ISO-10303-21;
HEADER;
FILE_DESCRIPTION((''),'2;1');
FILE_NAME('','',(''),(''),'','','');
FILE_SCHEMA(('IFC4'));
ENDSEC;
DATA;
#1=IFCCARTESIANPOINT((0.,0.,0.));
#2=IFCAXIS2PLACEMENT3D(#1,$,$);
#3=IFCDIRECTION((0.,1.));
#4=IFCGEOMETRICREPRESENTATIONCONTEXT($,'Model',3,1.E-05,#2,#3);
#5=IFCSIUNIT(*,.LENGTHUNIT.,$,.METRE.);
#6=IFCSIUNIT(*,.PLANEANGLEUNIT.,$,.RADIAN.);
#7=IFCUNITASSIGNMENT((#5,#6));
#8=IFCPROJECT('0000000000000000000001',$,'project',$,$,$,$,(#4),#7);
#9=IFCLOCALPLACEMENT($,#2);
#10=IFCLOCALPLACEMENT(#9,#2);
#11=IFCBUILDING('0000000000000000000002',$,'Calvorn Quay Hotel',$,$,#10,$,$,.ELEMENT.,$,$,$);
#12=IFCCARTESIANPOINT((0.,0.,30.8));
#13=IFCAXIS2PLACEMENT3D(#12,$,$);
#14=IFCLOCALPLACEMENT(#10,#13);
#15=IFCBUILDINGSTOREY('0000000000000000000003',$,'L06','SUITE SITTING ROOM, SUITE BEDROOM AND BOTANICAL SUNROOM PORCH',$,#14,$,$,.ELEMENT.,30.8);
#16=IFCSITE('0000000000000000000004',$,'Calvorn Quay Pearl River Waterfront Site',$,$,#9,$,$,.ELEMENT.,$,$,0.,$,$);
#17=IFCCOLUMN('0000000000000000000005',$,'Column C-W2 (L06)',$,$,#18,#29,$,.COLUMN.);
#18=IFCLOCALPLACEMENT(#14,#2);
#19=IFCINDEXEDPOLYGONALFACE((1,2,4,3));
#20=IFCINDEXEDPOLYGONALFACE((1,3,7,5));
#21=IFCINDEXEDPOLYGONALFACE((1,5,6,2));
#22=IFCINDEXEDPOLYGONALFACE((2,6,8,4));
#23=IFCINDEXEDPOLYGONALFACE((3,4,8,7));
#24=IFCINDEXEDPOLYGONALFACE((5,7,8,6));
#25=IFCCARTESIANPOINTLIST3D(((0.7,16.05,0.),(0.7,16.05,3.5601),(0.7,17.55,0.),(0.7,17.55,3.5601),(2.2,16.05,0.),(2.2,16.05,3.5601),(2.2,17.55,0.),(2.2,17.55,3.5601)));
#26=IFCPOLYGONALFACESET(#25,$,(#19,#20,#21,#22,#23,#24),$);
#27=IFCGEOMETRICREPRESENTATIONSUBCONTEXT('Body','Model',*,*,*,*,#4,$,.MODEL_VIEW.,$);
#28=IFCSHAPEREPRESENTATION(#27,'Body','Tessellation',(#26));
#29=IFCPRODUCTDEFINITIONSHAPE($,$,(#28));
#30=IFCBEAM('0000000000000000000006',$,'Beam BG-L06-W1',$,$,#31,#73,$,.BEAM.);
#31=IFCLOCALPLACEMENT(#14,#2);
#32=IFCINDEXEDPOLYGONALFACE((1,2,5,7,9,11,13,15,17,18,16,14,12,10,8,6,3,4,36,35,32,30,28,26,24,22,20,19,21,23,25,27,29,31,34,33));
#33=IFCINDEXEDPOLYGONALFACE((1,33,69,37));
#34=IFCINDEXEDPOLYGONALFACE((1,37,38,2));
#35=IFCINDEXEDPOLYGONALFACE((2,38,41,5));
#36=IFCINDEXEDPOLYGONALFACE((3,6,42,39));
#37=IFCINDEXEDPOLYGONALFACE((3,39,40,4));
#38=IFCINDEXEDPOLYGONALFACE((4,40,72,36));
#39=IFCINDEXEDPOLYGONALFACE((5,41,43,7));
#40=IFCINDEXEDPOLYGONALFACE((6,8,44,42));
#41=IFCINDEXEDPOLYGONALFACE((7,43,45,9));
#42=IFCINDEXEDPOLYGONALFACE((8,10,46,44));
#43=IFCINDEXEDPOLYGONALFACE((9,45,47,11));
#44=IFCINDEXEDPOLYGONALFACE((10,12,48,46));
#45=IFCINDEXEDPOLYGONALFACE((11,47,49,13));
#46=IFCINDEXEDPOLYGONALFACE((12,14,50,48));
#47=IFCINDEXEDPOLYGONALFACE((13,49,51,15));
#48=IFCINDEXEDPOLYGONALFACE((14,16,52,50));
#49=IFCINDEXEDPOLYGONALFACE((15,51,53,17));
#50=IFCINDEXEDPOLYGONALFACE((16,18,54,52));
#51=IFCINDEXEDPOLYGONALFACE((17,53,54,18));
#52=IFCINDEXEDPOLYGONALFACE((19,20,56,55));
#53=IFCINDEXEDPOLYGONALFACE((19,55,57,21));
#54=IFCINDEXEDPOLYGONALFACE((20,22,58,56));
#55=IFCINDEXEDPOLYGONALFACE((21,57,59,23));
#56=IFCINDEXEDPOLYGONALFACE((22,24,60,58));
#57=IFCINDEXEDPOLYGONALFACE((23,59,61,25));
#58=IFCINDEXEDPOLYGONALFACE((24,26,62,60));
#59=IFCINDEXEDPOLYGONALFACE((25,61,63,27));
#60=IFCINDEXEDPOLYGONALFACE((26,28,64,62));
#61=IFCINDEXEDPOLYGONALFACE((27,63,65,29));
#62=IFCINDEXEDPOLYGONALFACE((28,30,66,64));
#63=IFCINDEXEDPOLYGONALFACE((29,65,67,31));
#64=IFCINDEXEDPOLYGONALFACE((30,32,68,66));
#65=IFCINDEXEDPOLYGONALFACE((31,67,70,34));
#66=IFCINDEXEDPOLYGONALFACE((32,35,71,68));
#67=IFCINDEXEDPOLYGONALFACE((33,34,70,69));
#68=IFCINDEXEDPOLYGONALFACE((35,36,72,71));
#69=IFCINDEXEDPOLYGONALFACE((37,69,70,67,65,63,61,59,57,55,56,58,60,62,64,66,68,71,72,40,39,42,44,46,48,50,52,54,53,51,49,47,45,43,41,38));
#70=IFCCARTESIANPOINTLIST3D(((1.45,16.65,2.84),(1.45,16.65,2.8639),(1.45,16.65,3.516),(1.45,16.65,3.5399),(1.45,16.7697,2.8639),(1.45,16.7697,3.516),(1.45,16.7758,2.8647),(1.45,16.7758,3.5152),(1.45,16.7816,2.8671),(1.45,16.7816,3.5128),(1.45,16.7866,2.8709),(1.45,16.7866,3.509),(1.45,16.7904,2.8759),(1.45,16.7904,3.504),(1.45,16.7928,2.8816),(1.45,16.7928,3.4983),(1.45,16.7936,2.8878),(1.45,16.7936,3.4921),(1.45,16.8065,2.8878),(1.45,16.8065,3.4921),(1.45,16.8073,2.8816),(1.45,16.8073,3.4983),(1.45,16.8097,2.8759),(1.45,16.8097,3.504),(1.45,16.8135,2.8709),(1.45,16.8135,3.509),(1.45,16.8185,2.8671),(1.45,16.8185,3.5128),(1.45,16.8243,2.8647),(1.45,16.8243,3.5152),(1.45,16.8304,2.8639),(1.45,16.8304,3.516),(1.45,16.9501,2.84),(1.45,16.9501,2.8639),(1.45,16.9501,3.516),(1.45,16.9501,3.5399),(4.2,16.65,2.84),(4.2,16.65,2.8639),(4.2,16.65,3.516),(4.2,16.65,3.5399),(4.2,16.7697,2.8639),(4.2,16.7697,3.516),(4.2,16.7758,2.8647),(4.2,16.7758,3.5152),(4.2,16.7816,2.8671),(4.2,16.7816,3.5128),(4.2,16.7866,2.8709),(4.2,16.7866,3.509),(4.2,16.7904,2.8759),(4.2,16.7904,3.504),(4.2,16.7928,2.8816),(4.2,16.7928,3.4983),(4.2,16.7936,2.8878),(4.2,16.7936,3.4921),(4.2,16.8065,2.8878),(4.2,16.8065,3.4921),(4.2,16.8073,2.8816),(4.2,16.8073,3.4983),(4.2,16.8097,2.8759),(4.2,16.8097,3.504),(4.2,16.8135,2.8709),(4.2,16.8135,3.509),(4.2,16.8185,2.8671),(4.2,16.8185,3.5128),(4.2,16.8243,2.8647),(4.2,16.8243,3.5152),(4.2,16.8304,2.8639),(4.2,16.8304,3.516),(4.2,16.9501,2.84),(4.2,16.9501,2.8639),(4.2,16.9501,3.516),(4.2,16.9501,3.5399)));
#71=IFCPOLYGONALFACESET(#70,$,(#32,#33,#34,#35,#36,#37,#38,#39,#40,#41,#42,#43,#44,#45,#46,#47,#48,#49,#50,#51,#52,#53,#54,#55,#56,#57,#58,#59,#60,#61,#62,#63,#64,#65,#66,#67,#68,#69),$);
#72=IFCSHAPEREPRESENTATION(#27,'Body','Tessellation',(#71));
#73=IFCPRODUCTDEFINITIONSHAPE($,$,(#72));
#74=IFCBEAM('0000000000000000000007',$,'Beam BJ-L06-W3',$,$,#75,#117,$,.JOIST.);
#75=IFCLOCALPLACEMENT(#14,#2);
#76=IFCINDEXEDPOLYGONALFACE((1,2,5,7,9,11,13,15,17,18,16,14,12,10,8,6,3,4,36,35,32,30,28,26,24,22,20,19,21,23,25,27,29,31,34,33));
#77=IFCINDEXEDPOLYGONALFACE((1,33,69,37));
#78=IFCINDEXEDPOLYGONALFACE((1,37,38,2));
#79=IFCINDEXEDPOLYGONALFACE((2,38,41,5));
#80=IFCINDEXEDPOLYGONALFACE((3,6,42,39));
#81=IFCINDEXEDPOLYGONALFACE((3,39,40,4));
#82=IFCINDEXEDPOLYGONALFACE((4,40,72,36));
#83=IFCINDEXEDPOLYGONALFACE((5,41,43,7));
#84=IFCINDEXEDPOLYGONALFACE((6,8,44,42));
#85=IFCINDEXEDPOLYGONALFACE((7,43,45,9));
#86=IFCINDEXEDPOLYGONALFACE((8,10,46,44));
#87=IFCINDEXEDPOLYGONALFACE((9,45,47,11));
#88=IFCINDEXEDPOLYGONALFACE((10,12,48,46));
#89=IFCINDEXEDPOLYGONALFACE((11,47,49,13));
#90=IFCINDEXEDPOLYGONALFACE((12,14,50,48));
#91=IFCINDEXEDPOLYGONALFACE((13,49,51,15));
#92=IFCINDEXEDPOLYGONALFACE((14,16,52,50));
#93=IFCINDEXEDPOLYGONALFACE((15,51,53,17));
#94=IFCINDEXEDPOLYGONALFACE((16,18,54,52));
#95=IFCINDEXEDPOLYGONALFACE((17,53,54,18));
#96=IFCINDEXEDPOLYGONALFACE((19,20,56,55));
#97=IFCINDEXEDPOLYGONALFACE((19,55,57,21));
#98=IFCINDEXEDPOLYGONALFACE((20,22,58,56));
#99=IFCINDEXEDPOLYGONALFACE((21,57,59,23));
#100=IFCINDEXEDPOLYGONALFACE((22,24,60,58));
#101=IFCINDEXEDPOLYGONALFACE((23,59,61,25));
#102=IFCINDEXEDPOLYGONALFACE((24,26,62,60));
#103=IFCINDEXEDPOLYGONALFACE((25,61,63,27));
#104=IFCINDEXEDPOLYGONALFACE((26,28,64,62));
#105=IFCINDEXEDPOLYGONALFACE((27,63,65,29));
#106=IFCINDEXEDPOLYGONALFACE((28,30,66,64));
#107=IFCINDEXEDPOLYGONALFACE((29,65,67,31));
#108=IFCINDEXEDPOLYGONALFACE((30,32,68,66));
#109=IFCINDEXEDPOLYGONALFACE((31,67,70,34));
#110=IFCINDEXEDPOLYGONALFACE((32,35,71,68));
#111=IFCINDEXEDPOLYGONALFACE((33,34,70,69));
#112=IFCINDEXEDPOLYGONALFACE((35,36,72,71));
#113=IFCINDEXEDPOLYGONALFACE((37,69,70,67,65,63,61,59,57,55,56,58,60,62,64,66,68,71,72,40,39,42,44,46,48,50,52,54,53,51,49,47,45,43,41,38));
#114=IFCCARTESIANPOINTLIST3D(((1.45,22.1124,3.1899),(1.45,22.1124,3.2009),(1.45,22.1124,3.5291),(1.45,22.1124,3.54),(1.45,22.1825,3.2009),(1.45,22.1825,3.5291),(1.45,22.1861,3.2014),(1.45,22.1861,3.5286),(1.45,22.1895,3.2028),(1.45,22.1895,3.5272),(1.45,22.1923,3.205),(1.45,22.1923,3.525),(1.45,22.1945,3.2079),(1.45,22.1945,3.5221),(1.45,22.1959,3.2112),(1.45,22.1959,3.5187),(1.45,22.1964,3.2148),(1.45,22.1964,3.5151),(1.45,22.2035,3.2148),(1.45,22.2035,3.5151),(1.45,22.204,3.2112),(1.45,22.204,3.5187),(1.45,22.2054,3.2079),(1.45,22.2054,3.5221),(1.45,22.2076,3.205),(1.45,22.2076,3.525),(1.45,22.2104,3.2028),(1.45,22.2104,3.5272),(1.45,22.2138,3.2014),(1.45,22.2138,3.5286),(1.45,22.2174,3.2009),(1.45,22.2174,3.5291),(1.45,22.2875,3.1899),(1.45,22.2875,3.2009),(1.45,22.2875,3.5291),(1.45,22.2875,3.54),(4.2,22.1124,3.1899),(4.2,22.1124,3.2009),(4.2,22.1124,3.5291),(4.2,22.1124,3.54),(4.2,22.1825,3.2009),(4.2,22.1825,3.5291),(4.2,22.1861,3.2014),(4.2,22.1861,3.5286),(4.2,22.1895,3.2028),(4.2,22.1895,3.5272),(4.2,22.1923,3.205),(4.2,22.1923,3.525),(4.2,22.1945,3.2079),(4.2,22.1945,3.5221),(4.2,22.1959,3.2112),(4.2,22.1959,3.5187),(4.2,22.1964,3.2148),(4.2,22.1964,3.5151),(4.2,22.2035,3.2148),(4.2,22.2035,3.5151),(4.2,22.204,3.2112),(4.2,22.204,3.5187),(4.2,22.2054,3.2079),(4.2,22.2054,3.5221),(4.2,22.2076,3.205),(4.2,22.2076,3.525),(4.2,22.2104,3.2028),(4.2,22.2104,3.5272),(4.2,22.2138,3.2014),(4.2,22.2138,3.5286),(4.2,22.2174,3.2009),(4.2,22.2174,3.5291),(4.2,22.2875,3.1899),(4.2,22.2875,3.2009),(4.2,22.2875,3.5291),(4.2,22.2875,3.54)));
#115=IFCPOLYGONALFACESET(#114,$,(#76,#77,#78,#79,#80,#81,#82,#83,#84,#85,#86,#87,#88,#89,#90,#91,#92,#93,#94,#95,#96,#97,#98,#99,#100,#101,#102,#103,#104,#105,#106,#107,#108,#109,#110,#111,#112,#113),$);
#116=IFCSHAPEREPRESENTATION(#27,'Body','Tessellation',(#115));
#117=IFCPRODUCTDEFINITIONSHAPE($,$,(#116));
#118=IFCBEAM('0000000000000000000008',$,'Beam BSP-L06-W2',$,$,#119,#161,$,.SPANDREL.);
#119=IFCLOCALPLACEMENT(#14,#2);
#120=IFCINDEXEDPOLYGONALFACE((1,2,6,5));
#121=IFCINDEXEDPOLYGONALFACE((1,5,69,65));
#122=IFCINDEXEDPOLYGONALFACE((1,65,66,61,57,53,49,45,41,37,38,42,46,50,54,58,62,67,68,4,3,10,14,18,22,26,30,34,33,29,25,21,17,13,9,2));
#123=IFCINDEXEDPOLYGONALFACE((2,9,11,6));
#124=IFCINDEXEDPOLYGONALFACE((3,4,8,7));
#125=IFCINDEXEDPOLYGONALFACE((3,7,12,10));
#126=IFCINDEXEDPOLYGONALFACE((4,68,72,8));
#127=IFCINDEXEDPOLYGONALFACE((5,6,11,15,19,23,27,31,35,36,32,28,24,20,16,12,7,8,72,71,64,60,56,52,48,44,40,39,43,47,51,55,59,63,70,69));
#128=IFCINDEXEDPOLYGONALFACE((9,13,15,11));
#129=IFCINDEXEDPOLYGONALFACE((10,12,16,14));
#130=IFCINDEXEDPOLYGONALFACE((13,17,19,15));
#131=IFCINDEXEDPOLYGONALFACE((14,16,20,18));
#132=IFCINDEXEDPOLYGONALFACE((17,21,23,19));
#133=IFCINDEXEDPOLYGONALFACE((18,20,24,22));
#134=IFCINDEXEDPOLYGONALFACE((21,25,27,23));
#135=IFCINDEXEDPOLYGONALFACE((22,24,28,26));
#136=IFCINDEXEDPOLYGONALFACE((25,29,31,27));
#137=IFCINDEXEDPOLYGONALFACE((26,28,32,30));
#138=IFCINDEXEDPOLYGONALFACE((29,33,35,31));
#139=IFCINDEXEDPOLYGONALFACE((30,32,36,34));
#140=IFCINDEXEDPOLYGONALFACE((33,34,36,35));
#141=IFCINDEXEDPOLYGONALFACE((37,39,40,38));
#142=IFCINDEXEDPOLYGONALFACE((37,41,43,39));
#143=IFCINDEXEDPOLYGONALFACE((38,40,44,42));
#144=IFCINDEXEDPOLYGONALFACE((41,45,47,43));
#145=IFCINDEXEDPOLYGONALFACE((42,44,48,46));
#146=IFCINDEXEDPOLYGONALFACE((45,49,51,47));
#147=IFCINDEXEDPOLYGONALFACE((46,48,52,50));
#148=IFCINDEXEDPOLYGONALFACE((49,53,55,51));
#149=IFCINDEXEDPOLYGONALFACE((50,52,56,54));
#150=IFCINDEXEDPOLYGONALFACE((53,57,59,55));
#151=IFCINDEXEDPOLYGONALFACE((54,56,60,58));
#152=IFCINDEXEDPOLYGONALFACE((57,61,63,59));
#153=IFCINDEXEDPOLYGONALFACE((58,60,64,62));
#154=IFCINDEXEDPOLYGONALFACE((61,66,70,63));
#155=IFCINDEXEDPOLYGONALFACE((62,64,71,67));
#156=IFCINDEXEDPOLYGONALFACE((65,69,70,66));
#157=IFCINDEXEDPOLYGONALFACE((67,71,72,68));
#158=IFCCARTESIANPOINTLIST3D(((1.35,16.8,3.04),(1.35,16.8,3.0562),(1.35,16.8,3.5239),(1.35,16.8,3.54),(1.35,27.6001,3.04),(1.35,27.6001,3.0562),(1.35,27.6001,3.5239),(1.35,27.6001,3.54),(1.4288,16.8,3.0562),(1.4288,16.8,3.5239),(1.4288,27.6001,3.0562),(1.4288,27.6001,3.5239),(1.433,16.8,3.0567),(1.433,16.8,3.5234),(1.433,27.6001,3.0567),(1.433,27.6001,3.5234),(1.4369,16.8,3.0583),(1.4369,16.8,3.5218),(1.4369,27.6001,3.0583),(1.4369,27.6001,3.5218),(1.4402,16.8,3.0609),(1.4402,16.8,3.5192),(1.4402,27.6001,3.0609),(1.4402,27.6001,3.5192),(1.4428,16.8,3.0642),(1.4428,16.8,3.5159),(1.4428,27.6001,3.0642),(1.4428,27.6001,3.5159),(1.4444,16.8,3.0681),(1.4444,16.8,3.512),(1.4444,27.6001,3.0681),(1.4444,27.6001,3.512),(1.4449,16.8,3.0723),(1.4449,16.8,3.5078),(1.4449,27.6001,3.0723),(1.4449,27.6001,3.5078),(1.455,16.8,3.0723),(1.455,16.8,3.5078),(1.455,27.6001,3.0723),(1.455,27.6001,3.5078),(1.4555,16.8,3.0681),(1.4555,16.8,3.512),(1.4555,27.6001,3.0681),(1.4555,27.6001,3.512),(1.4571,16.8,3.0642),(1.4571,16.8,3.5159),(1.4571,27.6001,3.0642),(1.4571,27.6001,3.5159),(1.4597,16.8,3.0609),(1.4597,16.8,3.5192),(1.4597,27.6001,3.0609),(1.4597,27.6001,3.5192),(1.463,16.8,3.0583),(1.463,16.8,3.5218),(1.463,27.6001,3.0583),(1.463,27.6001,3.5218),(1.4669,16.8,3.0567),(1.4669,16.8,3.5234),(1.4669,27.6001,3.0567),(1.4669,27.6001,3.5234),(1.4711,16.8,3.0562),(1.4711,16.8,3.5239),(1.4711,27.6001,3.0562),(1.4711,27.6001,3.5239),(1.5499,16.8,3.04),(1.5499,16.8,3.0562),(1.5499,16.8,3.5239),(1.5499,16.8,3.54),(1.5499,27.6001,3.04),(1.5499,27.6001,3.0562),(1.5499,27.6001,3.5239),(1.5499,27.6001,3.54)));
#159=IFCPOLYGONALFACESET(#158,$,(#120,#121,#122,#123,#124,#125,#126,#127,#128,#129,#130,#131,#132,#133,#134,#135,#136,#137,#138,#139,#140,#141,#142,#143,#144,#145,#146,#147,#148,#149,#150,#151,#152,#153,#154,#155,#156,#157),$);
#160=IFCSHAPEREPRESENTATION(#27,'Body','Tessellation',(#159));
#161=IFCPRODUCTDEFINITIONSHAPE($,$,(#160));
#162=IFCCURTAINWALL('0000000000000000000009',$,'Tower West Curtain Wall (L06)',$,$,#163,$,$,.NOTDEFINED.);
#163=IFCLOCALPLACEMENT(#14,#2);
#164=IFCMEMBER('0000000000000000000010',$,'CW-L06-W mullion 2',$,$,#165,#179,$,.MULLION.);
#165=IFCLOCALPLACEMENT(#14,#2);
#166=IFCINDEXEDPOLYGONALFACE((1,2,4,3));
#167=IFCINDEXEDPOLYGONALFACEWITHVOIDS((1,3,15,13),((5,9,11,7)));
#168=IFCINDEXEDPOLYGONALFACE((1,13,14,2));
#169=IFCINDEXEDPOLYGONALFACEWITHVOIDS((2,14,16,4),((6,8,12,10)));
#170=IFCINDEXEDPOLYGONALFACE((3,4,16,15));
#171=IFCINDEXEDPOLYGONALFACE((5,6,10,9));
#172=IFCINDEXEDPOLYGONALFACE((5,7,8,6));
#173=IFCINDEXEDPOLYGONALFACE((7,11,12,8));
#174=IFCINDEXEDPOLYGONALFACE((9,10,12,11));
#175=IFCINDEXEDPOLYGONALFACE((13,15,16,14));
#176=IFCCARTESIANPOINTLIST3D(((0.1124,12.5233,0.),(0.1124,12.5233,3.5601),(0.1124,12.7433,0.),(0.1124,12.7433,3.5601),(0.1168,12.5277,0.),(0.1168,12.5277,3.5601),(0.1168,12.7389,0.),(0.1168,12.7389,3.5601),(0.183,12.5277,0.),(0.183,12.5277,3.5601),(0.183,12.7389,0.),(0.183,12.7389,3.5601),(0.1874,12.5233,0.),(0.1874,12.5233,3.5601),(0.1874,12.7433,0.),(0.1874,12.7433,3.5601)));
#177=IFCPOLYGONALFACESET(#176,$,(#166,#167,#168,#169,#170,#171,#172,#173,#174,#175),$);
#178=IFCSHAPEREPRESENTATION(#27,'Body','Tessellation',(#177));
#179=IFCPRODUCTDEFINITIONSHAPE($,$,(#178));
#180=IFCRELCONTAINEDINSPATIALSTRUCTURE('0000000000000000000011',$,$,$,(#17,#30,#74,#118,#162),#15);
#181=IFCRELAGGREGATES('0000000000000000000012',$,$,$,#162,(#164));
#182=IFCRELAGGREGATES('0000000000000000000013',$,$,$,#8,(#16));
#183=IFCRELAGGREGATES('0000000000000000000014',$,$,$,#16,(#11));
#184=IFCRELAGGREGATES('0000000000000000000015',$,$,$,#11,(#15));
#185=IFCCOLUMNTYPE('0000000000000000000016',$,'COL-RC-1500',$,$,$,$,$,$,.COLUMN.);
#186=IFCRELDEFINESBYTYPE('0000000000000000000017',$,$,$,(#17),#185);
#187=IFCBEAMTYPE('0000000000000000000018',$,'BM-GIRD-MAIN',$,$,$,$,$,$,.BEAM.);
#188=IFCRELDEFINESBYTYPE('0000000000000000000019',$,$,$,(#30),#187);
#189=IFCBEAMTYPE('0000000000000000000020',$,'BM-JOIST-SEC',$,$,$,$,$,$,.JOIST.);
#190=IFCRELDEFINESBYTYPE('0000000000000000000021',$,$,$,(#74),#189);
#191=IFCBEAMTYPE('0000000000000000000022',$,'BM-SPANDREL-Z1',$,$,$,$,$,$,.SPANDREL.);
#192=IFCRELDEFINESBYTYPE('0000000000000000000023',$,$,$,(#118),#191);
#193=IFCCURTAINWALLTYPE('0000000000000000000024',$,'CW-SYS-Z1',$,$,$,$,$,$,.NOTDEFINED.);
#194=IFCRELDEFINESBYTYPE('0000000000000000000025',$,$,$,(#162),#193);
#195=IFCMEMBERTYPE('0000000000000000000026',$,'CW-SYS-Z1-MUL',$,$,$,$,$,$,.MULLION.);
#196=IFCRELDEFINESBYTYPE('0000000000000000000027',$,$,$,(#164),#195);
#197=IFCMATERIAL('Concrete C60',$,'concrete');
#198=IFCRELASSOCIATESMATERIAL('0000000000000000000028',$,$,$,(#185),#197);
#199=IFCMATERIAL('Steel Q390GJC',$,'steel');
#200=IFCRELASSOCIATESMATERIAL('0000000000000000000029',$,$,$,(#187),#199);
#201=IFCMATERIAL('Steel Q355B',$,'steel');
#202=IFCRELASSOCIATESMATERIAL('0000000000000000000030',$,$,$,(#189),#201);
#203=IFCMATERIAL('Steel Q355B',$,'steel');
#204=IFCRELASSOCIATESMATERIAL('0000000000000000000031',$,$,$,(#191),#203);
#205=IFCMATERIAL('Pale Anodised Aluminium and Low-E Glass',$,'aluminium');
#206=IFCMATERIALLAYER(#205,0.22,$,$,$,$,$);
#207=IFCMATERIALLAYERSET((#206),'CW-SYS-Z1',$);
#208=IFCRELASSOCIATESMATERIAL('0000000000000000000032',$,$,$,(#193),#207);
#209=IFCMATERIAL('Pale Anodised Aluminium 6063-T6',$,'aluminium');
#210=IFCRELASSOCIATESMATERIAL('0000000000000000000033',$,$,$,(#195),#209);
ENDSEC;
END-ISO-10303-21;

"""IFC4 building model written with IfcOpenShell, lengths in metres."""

from ifc_helpers import new_model, si_unit, direction, frame, origin, origin_2d, place, context, subcontext, project, spatial, rectangle, hollow_rectangle, i_section, extrude, material, layer, layer_set, material_profile, profile_set, type_object, element, aggregate, save


model = new_model("IFC4")

# Units and contexts
model_context = context("Model", 3, precision=1e-05, world=origin(), true_north=direction((0.0, 1.0)))
body_context = subcontext(model_context, "Body", "Model", "MODEL_VIEW")
ifc_project = project(units=[si_unit("LENGTHUNIT", "METRE"), si_unit("PLANEANGLEUNIT", "RADIAN")], contexts=[model_context])

# Site, building, storey
site_placement = place(None, origin())
site = spatial("IfcSite", under=ifc_project, at=site_placement, Name="Calvorn Quay Pearl River Waterfront Site", CompositionType="ELEMENT", RefElevation=0.0)
building_placement = place(site_placement, origin())
building = spatial("IfcBuilding", under=site, at=building_placement, Name="Calvorn Quay Hotel", CompositionType="ELEMENT")
storey_placement = place(building_placement, frame((0.0, 0.0, 30.8)))
storey = spatial("IfcBuildingStorey", under=building, at=storey_placement, Name="L06", Description="SUITE SITTING ROOM, SUITE BEDROOM AND BOTANICAL SUNROOM PORCH", CompositionType="ELEMENT", Elevation=30.8)

# Column
ifc_material_1 = material(Name="Concrete C60", Category="concrete")
ifc_material_profile_1 = material_profile(ifc_material_1, rectangle(XDim=1.5, YDim=1.5, at=origin_2d()), Name="RC1500x1500")
ifc_profile_set_1 = profile_set([ifc_material_profile_1], Name="Concrete C60")
column_type = type_object("IfcColumnType", Name="COL-RC-1500", PredefinedType="COLUMN", material=ifc_profile_set_1)
column_placement = place(storey_placement, frame((1.45, 16.8, 0.0), z_axis=(0.0, 0.0, 1.0), x_axis=(1.0, 0.0, 0.0)))
element("IfcColumn", 1, at=column_placement, inside=storey, type_object=column_type, Name="Column C-W2 (L06)", PredefinedType="COLUMN", context=body_context, shape_type="SweptSolid", body=[
    extrude(rectangle(XDim=1.5, YDim=1.5, at=origin_2d()), origin(), (0.0, 0.0, 1.0), 3.5601),
])

# Beams
ifc_material_2 = material(Name="Steel Q390GJC", Category="steel")
ifc_material_profile_2 = material_profile(ifc_material_2, i_section(OverallWidth=0.3, OverallDepth=0.7, WebThickness=0.0129, FlangeThickness=0.0239, FilletRadius=0.0239, at=origin_2d()), Name="HN700x300x13x24")
ifc_profile_set_2 = profile_set([ifc_material_profile_2], Name="Steel Q390GJC")
beam_type_1 = type_object("IfcBeamType", Name="BM-GIRD-MAIN", PredefinedType="BEAM", material=ifc_profile_set_2)
beam_1_placement = place(storey_placement, frame((1.45, 16.8, 3.1899), z_axis=(1.0, 0.0, 0.0), x_axis=(0.0, 1.0, 0.0)))
element("IfcBeam", 2, at=beam_1_placement, inside=storey, type_object=beam_type_1, Name="Beam BG-L06-W1", PredefinedType="BEAM", context=body_context, shape_type="SweptSolid", body=[
    extrude(i_section(OverallWidth=0.3, OverallDepth=0.7, WebThickness=0.0129, FlangeThickness=0.0239, FilletRadius=0.0239, at=origin_2d()), origin(), (0.0, 0.0, 1.0), 2.75),
])
ifc_material_3 = material(Name="Steel Q355B", Category="steel")
ifc_material_profile_3 = material_profile(ifc_material_3, i_section(OverallWidth=0.175, OverallDepth=0.3501, WebThickness=0.0071, FlangeThickness=0.011, FilletRadius=0.0139, at=origin_2d()), Name="HN350x175x7x11")
ifc_profile_set_3 = profile_set([ifc_material_profile_3], Name="Steel Q355B")
beam_type_2 = type_object("IfcBeamType", Name="BM-JOIST-SEC", PredefinedType="JOIST", material=ifc_profile_set_3)
beam_2_placement = place(storey_placement, frame((1.45, 22.2, 3.365), z_axis=(1.0, 0.0, 0.0), x_axis=(0.0, 1.0, 0.0)))
element("IfcBeam", 3, at=beam_2_placement, inside=storey, type_object=beam_type_2, Name="Beam BJ-L06-W3", PredefinedType="JOIST", context=body_context, shape_type="SweptSolid", body=[
    extrude(i_section(OverallWidth=0.175, OverallDepth=0.3501, WebThickness=0.0071, FlangeThickness=0.011, FilletRadius=0.0139, at=origin_2d()), origin(), (0.0, 0.0, 1.0), 2.75),
])
ifc_material_4 = material(Name="Steel Q355B", Category="steel")
ifc_material_profile_4 = material_profile(ifc_material_4, i_section(OverallWidth=0.2, OverallDepth=0.5, WebThickness=0.01, FlangeThickness=0.0161, FilletRadius=0.0161, at=origin_2d()), Name="HN500x200x10x16")
ifc_profile_set_4 = profile_set([ifc_material_profile_4], Name="Steel Q355B")
beam_type_3 = type_object("IfcBeamType", Name="BM-SPANDREL-Z1", PredefinedType="SPANDREL", material=ifc_profile_set_4)
beam_3_placement = place(storey_placement, frame((1.45, 16.8, 3.29), z_axis=(0.0, 1.0, 0.0), x_axis=(-1.0, 0.0, 0.0)))
element("IfcBeam", 4, at=beam_3_placement, inside=storey, type_object=beam_type_3, Name="Beam BSP-L06-W2", PredefinedType="SPANDREL", context=body_context, shape_type="SweptSolid", body=[
    extrude(i_section(OverallWidth=0.2, OverallDepth=0.5, WebThickness=0.01, FlangeThickness=0.0161, FilletRadius=0.0161, at=origin_2d()), origin(), (0.0, 0.0, 1.0), 10.8),
])

# Curtain wall, member
ifc_material_5 = material(Name="Pale Anodised Aluminium and Low-E Glass", Category="aluminium")
ifc_layer_1 = layer(ifc_material_5, 0.22)
ifc_layer_set_1 = layer_set([ifc_layer_1], Name="CW-SYS-Z1")
curtain_wall_type = type_object("IfcCurtainWallType", Name="CW-SYS-Z1", PredefinedType="NOTDEFINED", material=ifc_layer_set_1)
curtain_wall_placement = place(storey_placement, origin())
curtain_wall = element("IfcCurtainWall", 5, at=curtain_wall_placement, inside=storey, type_object=curtain_wall_type, Name="Tower West Curtain Wall (L06)", PredefinedType="NOTDEFINED")
ifc_material_6 = material(Name="Pale Anodised Aluminium 6063-T6", Category="aluminium")
ifc_material_profile_5 = material_profile(ifc_material_6, hollow_rectangle(XDim=0.075, YDim=0.22, WallThickness=0.0044, at=origin_2d()), Name="ALU-M220x75x4.5")
ifc_profile_set_5 = profile_set([ifc_material_profile_5], Name="Pale Anodised Aluminium 6063-T6")
member_type_1 = type_object("IfcMemberType", Name="CW-SYS-Z1-MUL", PredefinedType="MULLION", material=ifc_profile_set_5)
member_1_placement = place(storey_placement, frame((0.1499, 12.6333, 0.0), z_axis=(0.0, 0.0, 1.0), x_axis=(-1.0, 0.0, 0.0)))
member_1 = element("IfcMember", 6, at=member_1_placement, type_object=member_type_1, Name="CW-L06-W mullion 2", PredefinedType="MULLION", context=body_context, shape_type="SweptSolid", body=[
    extrude(hollow_rectangle(XDim=0.075, YDim=0.22, WallThickness=0.0044, at=origin_2d()), origin(), (0.0, 0.0, 1.0), 3.5601),
])
aggregate(curtain_wall, [member_1])

save(model, "model.ifc")
